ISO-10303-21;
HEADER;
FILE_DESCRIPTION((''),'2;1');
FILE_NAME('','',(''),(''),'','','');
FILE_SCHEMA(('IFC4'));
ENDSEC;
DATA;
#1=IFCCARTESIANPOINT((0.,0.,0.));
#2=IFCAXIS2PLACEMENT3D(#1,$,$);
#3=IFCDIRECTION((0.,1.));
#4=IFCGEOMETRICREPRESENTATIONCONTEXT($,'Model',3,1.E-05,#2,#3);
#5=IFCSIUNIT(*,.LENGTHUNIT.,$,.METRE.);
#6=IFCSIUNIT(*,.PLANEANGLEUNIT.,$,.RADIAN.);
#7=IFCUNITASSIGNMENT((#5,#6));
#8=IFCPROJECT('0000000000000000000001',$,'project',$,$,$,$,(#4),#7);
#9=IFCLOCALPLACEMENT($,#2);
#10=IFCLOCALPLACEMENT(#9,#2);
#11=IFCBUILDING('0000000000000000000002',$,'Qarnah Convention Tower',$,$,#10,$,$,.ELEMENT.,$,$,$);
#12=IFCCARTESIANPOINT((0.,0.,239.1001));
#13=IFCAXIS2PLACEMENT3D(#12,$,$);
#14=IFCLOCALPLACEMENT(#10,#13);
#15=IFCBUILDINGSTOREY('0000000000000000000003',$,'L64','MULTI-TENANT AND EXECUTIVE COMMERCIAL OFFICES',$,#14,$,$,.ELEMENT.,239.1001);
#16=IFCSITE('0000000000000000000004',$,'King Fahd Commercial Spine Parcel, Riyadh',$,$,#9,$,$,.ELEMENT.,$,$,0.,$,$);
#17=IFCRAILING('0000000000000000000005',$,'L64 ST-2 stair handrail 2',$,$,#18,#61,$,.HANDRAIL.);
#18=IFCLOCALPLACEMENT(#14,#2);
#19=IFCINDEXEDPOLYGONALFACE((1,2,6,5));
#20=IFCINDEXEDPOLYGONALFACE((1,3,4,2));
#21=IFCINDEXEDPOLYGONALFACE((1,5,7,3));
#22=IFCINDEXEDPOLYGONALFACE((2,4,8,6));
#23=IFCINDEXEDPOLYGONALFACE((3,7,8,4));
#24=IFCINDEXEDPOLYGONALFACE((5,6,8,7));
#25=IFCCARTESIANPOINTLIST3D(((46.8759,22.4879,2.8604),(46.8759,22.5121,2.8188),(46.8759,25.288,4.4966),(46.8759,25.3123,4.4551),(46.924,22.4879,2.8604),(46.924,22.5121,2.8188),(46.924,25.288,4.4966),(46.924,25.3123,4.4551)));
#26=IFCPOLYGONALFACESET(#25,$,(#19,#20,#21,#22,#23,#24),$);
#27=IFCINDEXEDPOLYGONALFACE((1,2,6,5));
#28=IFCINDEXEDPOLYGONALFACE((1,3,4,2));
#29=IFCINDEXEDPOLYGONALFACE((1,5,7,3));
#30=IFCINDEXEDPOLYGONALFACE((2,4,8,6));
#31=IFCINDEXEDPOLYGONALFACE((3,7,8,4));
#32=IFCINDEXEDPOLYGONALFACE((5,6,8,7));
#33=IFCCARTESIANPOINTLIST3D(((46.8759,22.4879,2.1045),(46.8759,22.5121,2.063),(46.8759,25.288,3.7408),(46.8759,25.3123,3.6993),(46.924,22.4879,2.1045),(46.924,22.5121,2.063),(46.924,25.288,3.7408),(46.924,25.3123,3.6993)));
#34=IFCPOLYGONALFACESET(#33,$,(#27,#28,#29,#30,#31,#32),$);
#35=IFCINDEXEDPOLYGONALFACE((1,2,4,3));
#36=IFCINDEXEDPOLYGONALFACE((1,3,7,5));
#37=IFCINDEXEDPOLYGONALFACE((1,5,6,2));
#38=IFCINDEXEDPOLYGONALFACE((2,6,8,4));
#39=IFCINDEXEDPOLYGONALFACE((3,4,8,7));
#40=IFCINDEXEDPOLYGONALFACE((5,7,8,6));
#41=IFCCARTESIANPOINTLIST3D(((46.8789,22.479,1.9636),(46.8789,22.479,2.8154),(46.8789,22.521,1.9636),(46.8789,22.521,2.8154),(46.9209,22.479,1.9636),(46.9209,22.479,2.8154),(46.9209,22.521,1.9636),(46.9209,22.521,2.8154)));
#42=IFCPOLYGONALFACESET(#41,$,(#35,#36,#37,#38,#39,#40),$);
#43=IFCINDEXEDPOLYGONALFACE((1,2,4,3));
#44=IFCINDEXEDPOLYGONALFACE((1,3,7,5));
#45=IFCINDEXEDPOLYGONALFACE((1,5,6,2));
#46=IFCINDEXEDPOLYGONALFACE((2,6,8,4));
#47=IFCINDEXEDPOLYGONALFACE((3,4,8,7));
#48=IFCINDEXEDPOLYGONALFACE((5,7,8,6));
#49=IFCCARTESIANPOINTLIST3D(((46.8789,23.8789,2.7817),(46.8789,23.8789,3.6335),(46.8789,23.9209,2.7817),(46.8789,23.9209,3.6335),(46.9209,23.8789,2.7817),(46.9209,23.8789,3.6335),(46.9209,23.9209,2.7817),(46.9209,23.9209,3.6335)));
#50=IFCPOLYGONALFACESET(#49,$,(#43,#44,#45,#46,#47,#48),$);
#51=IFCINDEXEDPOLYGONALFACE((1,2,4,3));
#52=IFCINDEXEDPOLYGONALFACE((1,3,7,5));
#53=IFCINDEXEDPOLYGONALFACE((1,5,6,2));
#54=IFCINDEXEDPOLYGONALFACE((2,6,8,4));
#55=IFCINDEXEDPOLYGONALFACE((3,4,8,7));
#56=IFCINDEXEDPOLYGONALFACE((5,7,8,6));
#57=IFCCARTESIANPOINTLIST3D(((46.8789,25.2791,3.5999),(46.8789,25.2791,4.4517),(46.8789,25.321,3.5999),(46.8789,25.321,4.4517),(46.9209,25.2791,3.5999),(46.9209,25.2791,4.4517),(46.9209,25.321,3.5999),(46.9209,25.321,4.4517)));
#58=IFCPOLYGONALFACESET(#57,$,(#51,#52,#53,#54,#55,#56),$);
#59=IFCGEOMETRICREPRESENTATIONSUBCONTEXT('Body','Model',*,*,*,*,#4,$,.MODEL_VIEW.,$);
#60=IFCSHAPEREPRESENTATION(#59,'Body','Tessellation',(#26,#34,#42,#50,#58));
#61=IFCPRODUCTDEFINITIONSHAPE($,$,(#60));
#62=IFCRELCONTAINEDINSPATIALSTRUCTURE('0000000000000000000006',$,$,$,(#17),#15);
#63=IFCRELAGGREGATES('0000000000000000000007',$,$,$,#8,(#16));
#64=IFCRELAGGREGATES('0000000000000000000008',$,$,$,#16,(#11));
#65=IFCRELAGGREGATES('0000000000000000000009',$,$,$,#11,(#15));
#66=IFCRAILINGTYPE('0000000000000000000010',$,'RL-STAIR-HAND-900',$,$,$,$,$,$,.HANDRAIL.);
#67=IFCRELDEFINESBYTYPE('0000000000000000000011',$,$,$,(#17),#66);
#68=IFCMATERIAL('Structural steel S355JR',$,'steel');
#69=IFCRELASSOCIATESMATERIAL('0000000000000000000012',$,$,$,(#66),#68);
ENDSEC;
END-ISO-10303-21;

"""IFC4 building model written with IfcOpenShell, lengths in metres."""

from ifc_helpers import new_model, si_unit, direction, frame, origin, origin_2d, place, context, subcontext, project, spatial, rectangle, extrude, material, type_object, element, save


model = new_model("IFC4")

# Units and contexts
model_context = context("Model", 3, precision=1e-05, world=origin(), true_north=direction((0.0, 1.0)))
body_context = subcontext(model_context, "Body", "Model", "MODEL_VIEW")
ifc_project = project(units=[si_unit("LENGTHUNIT", "METRE"), si_unit("PLANEANGLEUNIT", "RADIAN")], contexts=[model_context])

# Site, building, storey
site_placement = place(None, origin())
site = spatial("IfcSite", under=ifc_project, at=site_placement, Name="King Fahd Commercial Spine Parcel, Riyadh", CompositionType="ELEMENT", RefElevation=0.0)
building_placement = place(site_placement, origin())
building = spatial("IfcBuilding", under=site, at=building_placement, Name="Qarnah Convention Tower", CompositionType="ELEMENT")
storey_placement = place(building_placement, frame((0.0, 0.0, 239.1001)))
storey = spatial("IfcBuildingStorey", under=building, at=storey_placement, Name="L64", Description="MULTI-TENANT AND EXECUTIVE COMMERCIAL OFFICES", CompositionType="ELEMENT", Elevation=239.1001)

# Shared definitions
ifc_material_1 = material(Name="Structural steel S355JR", Category="steel")

# Railing
railing_type_1 = type_object("IfcRailingType", Name="RL-STAIR-HAND-900", PredefinedType="HANDRAIL", material=ifc_material_1)
railing_1_placement = place(storey_placement, frame((46.8999, 22.5, 1.9636)))
element("IfcRailing", 1, at=railing_1_placement, inside=storey, type_object=railing_type_1, Name="L64 ST-2 stair handrail 2", PredefinedType="HANDRAIL", context=body_context, shape_type="SweptSolid", body=[
    extrude(rectangle(XDim=0.0481, YDim=0.0481, at=origin_2d()), frame((0.0, 0.0, 0.876), z_axis=(0.0, 0.863394, 0.504531), x_axis=(-1.0, 0.0, 0.0)), (0.0, 0.0, 1.0), 3.2432),
    extrude(rectangle(XDim=0.0481, YDim=0.0481, at=origin_2d()), frame((0.0, 0.0, 0.1201), z_axis=(0.0, 0.863394, 0.504531), x_axis=(-1.0, 0.0, 0.0)), (0.0, 0.0, 1.0), 3.2432),
    extrude(rectangle(XDim=0.042, YDim=0.042, at=origin_2d()), origin(), (0.0, 0.0, 1.0), 0.8518),
    extrude(rectangle(XDim=0.042, YDim=0.042, at=origin_2d()), frame((0.0, 1.3999, 0.8181)), (0.0, 0.0, 1.0), 0.8518),
    extrude(rectangle(XDim=0.042, YDim=0.042, at=origin_2d()), frame((0.0, 2.8, 1.6362)), (0.0, 0.0, 1.0), 0.8518),
])

save(model, "model.ifc")
